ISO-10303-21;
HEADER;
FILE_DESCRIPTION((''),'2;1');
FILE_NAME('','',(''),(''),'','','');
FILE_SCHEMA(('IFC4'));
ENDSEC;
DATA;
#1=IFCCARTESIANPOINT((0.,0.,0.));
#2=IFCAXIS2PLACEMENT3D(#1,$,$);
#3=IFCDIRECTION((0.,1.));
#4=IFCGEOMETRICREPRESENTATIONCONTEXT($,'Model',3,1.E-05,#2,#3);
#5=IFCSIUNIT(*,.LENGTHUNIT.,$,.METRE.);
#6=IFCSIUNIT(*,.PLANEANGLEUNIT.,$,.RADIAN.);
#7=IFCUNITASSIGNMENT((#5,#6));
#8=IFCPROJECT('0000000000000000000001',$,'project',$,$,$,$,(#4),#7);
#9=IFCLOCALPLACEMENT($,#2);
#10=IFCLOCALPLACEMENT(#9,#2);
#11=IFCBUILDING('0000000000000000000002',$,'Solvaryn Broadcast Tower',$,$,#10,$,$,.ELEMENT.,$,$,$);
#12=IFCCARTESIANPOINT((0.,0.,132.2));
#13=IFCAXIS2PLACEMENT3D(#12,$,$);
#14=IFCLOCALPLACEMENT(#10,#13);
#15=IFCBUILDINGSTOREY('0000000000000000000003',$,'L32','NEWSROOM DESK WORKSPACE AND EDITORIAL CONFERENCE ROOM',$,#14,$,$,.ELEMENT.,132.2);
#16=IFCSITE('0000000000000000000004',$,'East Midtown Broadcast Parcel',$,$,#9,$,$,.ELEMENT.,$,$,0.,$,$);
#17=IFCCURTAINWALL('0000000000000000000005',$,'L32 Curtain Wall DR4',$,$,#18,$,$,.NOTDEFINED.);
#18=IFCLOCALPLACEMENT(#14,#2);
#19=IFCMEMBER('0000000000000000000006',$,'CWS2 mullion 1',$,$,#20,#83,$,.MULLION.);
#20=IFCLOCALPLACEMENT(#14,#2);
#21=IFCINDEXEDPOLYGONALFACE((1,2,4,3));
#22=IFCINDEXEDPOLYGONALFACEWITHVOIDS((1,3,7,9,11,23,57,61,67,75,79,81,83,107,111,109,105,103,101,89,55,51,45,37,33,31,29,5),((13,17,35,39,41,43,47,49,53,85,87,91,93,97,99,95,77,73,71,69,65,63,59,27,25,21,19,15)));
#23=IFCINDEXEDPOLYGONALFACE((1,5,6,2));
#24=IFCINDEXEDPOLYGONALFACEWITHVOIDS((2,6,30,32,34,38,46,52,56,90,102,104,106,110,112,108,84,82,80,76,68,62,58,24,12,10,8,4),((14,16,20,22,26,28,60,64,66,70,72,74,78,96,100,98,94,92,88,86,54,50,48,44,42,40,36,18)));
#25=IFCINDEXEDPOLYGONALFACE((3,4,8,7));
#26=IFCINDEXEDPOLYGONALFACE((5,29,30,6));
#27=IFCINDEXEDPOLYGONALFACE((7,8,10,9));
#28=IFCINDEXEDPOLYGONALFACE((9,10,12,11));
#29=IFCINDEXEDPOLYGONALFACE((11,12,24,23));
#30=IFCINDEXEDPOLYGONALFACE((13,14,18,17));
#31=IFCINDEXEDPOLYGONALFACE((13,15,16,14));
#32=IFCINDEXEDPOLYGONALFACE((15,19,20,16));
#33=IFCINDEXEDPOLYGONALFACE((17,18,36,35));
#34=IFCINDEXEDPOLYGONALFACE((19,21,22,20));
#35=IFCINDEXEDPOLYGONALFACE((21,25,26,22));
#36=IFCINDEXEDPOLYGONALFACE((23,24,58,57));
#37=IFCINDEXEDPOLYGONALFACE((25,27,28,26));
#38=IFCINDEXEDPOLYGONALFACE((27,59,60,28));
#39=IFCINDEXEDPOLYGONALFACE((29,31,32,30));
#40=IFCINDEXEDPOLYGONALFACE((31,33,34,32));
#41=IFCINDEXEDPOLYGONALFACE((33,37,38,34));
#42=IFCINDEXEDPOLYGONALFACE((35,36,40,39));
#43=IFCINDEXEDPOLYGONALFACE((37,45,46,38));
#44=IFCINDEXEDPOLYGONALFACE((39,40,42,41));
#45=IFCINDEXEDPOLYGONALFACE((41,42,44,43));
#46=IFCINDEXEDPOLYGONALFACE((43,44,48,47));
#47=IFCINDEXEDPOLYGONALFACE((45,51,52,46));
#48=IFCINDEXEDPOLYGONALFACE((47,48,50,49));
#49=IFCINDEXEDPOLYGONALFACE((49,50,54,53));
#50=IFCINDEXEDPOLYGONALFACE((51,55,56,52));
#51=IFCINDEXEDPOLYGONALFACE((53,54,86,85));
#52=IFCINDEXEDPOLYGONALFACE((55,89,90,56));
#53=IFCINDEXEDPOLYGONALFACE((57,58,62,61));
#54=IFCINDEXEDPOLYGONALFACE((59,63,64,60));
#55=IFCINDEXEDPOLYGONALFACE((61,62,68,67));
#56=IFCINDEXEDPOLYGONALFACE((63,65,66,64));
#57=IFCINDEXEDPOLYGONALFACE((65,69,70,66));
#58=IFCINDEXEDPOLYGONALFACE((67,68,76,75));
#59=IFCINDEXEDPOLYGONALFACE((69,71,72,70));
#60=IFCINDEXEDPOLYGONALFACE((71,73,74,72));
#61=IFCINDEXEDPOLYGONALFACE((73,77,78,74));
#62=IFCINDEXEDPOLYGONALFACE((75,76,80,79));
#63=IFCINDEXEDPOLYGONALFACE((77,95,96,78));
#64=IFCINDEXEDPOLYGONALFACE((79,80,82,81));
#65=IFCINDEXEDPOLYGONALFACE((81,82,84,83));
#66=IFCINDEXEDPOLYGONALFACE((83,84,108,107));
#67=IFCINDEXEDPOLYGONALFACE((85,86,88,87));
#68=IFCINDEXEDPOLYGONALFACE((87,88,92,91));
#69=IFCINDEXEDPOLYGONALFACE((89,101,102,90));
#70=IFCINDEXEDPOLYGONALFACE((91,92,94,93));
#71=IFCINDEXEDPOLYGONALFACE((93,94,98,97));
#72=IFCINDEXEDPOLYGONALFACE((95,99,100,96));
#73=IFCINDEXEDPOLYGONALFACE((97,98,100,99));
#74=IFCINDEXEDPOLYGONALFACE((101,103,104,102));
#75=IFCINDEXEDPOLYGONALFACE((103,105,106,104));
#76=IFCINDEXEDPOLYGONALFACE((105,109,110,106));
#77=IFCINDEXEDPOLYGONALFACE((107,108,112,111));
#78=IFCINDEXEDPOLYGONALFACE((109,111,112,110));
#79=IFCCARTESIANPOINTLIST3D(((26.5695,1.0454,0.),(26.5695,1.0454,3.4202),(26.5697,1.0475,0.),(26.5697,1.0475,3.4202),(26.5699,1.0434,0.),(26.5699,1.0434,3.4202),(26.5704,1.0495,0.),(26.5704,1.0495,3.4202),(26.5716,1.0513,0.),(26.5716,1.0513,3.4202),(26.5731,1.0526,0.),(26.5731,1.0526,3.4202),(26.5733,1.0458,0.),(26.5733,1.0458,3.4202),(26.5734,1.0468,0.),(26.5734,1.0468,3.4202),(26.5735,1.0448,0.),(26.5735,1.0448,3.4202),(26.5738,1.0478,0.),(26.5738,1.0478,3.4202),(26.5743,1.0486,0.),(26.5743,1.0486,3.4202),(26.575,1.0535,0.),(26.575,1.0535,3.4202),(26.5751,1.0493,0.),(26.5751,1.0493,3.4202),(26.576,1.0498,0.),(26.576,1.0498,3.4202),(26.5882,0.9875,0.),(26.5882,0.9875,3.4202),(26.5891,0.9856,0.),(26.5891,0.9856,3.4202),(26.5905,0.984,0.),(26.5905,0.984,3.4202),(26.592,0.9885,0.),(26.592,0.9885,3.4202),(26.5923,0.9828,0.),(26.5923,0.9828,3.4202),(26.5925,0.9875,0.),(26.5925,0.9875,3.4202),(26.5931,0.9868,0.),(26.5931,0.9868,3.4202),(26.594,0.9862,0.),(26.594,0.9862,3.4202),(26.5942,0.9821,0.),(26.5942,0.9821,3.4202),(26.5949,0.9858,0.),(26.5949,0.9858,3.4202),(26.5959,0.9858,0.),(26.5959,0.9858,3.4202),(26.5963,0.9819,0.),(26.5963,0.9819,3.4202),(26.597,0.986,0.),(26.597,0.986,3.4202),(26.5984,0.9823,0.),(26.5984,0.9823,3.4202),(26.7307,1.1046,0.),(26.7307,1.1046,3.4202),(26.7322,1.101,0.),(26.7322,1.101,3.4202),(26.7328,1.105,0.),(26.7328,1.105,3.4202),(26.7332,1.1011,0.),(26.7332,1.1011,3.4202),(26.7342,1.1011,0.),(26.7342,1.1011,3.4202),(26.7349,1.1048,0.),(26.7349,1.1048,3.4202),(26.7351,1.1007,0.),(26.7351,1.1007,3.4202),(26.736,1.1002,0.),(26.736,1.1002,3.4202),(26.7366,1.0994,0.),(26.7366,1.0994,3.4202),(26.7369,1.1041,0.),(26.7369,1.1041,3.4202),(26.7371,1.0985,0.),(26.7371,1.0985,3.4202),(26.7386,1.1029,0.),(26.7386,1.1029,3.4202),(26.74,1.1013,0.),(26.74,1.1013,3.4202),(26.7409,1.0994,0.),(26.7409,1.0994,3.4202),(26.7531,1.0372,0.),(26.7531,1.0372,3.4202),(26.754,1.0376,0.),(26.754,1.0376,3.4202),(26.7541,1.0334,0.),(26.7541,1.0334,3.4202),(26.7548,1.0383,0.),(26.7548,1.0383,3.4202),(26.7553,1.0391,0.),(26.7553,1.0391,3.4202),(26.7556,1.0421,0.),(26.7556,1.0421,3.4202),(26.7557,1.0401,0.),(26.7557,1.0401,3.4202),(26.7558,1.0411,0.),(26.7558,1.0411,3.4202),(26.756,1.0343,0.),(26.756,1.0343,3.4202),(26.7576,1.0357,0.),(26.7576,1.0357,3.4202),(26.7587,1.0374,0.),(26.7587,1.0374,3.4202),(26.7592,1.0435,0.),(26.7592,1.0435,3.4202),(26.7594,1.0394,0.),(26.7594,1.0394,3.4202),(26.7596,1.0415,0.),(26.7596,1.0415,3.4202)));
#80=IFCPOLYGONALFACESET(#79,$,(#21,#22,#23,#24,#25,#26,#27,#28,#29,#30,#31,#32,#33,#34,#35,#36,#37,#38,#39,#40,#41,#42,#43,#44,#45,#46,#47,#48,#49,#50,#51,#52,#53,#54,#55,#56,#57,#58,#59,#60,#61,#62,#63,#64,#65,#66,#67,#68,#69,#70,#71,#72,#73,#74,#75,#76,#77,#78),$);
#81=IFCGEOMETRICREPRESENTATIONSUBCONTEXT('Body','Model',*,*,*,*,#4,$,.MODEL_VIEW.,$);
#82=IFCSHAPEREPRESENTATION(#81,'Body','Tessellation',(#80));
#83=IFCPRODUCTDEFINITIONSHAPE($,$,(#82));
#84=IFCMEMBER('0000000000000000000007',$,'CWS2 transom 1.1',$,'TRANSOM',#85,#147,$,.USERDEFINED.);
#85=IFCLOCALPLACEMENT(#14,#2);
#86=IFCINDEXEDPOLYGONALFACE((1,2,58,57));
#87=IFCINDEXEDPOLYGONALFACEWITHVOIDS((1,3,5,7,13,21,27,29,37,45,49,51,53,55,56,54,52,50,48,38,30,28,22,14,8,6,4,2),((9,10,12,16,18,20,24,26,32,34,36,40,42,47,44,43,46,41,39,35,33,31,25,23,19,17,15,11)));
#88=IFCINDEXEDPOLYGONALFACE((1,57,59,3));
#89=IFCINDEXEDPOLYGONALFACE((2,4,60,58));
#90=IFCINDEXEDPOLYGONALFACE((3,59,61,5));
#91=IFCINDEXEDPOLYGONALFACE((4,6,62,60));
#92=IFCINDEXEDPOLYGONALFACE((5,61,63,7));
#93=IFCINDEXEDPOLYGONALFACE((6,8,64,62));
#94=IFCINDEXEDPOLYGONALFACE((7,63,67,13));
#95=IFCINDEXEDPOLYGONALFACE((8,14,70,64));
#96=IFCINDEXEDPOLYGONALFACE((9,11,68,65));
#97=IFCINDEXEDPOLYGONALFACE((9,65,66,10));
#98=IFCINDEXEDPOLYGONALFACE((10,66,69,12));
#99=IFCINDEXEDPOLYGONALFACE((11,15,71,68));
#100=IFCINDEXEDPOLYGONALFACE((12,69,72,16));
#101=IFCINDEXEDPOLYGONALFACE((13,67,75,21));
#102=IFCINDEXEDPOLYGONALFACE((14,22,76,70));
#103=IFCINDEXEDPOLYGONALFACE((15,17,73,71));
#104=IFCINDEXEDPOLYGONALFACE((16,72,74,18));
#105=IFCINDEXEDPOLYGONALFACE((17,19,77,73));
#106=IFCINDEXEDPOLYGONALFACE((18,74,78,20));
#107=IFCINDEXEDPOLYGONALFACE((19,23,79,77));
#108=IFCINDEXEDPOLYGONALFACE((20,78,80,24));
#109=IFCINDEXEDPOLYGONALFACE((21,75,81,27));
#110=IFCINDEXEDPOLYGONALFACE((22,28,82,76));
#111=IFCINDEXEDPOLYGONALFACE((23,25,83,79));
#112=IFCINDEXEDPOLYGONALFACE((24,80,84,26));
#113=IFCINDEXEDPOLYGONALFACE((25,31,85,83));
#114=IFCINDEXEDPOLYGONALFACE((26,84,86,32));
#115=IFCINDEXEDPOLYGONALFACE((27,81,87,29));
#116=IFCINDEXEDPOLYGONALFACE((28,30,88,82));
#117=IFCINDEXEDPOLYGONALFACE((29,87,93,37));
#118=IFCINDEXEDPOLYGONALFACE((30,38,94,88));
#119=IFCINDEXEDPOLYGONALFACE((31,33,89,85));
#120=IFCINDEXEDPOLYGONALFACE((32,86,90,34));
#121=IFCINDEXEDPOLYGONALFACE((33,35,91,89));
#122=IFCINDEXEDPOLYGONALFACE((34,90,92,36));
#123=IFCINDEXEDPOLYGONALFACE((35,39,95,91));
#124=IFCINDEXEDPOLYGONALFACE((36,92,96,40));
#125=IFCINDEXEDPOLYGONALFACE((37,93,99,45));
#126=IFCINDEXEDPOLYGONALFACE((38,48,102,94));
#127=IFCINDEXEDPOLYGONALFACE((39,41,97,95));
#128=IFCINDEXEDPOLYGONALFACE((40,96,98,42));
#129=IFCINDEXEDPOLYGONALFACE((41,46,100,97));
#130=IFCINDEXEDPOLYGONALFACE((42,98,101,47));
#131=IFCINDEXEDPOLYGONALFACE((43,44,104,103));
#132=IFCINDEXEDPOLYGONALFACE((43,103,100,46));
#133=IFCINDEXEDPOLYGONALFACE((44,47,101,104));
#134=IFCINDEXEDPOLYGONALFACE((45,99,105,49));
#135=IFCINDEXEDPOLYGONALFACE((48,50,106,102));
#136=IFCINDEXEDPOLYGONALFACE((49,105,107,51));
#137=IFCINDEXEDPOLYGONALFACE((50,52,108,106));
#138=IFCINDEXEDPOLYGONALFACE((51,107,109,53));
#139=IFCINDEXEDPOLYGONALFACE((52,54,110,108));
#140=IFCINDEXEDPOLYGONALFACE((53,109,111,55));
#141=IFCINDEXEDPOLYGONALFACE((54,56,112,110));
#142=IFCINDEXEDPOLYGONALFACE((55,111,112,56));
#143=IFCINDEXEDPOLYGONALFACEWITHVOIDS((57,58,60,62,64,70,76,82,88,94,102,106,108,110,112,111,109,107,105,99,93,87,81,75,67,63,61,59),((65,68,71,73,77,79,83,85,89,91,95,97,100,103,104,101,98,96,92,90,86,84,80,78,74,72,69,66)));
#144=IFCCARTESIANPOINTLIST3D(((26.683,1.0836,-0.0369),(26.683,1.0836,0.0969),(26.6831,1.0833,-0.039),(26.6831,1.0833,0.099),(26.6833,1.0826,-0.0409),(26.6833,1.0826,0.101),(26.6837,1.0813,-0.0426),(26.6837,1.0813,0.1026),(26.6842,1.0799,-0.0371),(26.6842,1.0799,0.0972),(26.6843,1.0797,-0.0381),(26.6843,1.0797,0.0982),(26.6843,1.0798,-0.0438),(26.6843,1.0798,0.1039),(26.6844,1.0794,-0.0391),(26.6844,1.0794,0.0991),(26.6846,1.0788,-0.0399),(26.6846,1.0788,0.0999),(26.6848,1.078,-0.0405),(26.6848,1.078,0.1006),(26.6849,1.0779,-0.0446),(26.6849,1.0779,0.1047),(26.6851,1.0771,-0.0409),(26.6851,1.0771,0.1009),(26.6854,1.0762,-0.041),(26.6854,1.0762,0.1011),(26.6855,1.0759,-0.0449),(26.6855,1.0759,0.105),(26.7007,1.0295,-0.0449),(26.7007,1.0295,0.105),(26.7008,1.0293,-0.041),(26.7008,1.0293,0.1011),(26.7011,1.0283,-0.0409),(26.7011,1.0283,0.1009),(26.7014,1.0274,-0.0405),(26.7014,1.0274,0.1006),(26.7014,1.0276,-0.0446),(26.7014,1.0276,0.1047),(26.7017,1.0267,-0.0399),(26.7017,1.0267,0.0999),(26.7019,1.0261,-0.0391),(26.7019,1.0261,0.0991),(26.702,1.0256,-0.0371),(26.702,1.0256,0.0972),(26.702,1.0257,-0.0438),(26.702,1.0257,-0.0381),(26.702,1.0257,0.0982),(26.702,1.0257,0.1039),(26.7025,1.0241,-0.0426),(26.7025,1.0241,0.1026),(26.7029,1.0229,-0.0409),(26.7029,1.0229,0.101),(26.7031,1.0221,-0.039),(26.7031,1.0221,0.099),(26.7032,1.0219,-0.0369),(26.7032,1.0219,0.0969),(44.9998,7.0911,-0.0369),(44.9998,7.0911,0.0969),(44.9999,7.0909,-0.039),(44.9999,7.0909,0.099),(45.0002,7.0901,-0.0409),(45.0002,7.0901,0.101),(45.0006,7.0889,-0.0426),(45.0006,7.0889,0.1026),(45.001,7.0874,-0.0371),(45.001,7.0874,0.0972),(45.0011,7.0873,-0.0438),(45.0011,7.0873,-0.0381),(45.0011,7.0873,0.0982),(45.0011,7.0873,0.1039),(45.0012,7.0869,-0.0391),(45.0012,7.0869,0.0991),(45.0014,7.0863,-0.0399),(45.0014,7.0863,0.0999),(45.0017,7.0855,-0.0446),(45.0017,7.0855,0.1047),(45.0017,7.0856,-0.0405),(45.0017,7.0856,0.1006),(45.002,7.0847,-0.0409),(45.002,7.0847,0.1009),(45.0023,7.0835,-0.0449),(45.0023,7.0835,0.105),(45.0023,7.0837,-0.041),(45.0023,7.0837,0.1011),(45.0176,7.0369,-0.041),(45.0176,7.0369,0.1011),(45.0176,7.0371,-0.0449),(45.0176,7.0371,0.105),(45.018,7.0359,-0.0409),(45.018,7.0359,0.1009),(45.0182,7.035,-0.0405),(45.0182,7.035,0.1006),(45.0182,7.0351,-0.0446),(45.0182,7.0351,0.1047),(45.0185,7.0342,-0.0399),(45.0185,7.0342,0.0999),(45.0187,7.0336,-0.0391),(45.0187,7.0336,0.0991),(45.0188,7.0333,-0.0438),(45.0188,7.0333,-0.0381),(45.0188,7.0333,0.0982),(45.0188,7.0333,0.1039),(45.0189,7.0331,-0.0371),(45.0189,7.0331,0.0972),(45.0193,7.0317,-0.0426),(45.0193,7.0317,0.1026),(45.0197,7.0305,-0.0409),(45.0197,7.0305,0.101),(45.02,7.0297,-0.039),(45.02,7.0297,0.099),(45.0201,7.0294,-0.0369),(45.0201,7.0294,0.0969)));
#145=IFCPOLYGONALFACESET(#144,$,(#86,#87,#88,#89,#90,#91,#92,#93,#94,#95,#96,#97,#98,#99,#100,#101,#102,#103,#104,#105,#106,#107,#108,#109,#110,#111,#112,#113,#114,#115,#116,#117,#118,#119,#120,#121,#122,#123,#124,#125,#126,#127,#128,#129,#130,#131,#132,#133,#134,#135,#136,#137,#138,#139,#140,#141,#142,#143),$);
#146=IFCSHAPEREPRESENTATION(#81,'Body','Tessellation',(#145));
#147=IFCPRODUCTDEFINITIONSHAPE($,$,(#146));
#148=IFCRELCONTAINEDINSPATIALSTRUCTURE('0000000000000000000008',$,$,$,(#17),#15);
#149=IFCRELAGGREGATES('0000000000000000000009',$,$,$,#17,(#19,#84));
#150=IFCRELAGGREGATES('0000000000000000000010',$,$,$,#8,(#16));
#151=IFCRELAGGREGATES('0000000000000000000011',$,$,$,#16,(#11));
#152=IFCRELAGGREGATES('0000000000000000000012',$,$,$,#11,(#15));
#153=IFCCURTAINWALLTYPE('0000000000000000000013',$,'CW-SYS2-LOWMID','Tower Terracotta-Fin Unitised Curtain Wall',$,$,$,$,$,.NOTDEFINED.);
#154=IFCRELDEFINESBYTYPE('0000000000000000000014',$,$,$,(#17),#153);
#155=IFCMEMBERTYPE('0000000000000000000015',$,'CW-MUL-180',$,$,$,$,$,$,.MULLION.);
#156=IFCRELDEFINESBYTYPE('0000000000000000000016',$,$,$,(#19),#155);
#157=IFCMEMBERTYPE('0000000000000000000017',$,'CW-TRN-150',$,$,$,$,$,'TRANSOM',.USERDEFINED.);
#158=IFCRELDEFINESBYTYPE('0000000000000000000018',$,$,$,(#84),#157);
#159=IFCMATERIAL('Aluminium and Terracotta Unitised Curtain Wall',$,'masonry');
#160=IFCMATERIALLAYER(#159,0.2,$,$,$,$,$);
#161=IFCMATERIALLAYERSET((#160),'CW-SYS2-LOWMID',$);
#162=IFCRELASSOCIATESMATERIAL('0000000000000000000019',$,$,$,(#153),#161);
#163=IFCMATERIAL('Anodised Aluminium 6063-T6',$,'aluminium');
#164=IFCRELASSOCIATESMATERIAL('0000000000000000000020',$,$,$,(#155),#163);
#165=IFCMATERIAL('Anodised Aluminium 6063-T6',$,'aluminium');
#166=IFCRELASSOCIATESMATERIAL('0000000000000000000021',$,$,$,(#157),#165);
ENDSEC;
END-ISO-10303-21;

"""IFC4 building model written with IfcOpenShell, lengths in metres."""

from ifc_helpers import new_model, si_unit, direction, frame, origin, origin_2d, place, context, subcontext, project, spatial, hollow_rectangle, extrude, material, layer, layer_set, material_profile, profile_set, type_object, element, aggregate, save


model = new_model("IFC4")

# Units and contexts
model_context = context("Model", 3, precision=1e-05, world=origin(), true_north=direction((0.0, 1.0)))
body_context = subcontext(model_context, "Body", "Model", "MODEL_VIEW")
ifc_project = project(units=[si_unit("LENGTHUNIT", "METRE"), si_unit("PLANEANGLEUNIT", "RADIAN")], contexts=[model_context])

# Site, building, storey
site_placement = place(None, origin())
site = spatial("IfcSite", under=ifc_project, at=site_placement, Name="East Midtown Broadcast Parcel", CompositionType="ELEMENT", RefElevation=0.0)
building_placement = place(site_placement, origin())
building = spatial("IfcBuilding", under=site, at=building_placement, Name="Solvaryn Broadcast Tower", CompositionType="ELEMENT")
storey_placement = place(building_placement, frame((0.0, 0.0, 132.2)))
storey = spatial("IfcBuildingStorey", under=building, at=storey_placement, Name="L32", Description="NEWSROOM DESK WORKSPACE AND EDITORIAL CONFERENCE ROOM", CompositionType="ELEMENT", Elevation=132.2)

# Shared definitions
ifc_material_1 = material(Name="Aluminium and Terracotta Unitised Curtain Wall", Category="masonry")
ifc_layer_1 = layer(ifc_material_1, 0.2)
ifc_layer_set_1 = layer_set([ifc_layer_1], Name="CW-SYS2-LOWMID")
curtain_wall_type = type_object("IfcCurtainWallType", Name="CW-SYS2-LOWMID", Description="Tower Terracotta-Fin Unitised Curtain Wall", PredefinedType="NOTDEFINED", material=ifc_layer_set_1)
ifc_material_2 = material(Name="Anodised Aluminium 6063-T6", Category="aluminium")
ifc_material_profile_1 = material_profile(ifc_material_2, hollow_rectangle(XDim=0.075, YDim=0.1799, WallThickness=0.0039, InnerFilletRadius=0.0039, OuterFilletRadius=0.0081, at=origin_2d()))
ifc_profile_set_1 = profile_set([ifc_material_profile_1], Name="Anodised Aluminium 6063-T6")
member_type_1 = type_object("IfcMemberType", Name="CW-MUL-180", PredefinedType="MULLION", material=ifc_profile_set_1)

# Curtain wall, members
curtain_wall_1_placement = place(storey_placement, origin())
curtain_wall_1 = element("IfcCurtainWall", 1, at=curtain_wall_1_placement, inside=storey, type_object=curtain_wall_type, Name="L32 Curtain Wall DR4", PredefinedType="NOTDEFINED")
member_1_placement = place(storey_placement, frame((26.6646, 1.0435, 0.0), z_axis=(0.0, 0.0, 1.0), x_axis=(-0.311646, 0.950198, 0.0)))
member_1 = element("IfcMember", 2, at=member_1_placement, type_object=member_type_1, Name="CWS2 mullion 1", PredefinedType="MULLION", context=body_context, shape_type="SweptSolid", body=[
    extrude(hollow_rectangle(XDim=0.075, YDim=0.1799, WallThickness=0.0039, InnerFilletRadius=0.0039, OuterFilletRadius=0.0081, at=origin_2d()), origin(), (0.0, 0.0, 1.0), 3.4202),
])
ifc_material_3 = material(Name="Anodised Aluminium 6063-T6", Category="aluminium")
ifc_material_profile_2 = material_profile(ifc_material_3, hollow_rectangle(XDim=0.0649, YDim=0.1499, WallThickness=0.0039, InnerFilletRadius=0.0039, OuterFilletRadius=0.0081, at=origin_2d()))
ifc_profile_set_2 = profile_set([ifc_material_profile_2], Name="Anodised Aluminium 6063-T6")
member_type_2 = type_object("IfcMemberType", Name="CW-TRN-150", ElementType="TRANSOM", PredefinedType="USERDEFINED", material=ifc_profile_set_2)
member_2_placement = place(storey_placement, frame((26.6931, 1.0527, 0.03), z_axis=(0.950198, 0.311646, 0.0), x_axis=(-0.311646, 0.950198, 0.0)))
member_2 = element("IfcMember", 3, at=member_2_placement, type_object=member_type_2, Name="CWS2 transom 1.1", ObjectType="TRANSOM", PredefinedType="USERDEFINED", context=body_context, shape_type="SweptSolid", body=[
    extrude(hollow_rectangle(XDim=0.0649, YDim=0.1499, WallThickness=0.0039, InnerFilletRadius=0.0039, OuterFilletRadius=0.0081, at=origin_2d()), origin(), (0.0, 0.0, 1.0), 19.2769),
])
aggregate(curtain_wall_1, [member_1, member_2])

save(model, "model.ifc")
